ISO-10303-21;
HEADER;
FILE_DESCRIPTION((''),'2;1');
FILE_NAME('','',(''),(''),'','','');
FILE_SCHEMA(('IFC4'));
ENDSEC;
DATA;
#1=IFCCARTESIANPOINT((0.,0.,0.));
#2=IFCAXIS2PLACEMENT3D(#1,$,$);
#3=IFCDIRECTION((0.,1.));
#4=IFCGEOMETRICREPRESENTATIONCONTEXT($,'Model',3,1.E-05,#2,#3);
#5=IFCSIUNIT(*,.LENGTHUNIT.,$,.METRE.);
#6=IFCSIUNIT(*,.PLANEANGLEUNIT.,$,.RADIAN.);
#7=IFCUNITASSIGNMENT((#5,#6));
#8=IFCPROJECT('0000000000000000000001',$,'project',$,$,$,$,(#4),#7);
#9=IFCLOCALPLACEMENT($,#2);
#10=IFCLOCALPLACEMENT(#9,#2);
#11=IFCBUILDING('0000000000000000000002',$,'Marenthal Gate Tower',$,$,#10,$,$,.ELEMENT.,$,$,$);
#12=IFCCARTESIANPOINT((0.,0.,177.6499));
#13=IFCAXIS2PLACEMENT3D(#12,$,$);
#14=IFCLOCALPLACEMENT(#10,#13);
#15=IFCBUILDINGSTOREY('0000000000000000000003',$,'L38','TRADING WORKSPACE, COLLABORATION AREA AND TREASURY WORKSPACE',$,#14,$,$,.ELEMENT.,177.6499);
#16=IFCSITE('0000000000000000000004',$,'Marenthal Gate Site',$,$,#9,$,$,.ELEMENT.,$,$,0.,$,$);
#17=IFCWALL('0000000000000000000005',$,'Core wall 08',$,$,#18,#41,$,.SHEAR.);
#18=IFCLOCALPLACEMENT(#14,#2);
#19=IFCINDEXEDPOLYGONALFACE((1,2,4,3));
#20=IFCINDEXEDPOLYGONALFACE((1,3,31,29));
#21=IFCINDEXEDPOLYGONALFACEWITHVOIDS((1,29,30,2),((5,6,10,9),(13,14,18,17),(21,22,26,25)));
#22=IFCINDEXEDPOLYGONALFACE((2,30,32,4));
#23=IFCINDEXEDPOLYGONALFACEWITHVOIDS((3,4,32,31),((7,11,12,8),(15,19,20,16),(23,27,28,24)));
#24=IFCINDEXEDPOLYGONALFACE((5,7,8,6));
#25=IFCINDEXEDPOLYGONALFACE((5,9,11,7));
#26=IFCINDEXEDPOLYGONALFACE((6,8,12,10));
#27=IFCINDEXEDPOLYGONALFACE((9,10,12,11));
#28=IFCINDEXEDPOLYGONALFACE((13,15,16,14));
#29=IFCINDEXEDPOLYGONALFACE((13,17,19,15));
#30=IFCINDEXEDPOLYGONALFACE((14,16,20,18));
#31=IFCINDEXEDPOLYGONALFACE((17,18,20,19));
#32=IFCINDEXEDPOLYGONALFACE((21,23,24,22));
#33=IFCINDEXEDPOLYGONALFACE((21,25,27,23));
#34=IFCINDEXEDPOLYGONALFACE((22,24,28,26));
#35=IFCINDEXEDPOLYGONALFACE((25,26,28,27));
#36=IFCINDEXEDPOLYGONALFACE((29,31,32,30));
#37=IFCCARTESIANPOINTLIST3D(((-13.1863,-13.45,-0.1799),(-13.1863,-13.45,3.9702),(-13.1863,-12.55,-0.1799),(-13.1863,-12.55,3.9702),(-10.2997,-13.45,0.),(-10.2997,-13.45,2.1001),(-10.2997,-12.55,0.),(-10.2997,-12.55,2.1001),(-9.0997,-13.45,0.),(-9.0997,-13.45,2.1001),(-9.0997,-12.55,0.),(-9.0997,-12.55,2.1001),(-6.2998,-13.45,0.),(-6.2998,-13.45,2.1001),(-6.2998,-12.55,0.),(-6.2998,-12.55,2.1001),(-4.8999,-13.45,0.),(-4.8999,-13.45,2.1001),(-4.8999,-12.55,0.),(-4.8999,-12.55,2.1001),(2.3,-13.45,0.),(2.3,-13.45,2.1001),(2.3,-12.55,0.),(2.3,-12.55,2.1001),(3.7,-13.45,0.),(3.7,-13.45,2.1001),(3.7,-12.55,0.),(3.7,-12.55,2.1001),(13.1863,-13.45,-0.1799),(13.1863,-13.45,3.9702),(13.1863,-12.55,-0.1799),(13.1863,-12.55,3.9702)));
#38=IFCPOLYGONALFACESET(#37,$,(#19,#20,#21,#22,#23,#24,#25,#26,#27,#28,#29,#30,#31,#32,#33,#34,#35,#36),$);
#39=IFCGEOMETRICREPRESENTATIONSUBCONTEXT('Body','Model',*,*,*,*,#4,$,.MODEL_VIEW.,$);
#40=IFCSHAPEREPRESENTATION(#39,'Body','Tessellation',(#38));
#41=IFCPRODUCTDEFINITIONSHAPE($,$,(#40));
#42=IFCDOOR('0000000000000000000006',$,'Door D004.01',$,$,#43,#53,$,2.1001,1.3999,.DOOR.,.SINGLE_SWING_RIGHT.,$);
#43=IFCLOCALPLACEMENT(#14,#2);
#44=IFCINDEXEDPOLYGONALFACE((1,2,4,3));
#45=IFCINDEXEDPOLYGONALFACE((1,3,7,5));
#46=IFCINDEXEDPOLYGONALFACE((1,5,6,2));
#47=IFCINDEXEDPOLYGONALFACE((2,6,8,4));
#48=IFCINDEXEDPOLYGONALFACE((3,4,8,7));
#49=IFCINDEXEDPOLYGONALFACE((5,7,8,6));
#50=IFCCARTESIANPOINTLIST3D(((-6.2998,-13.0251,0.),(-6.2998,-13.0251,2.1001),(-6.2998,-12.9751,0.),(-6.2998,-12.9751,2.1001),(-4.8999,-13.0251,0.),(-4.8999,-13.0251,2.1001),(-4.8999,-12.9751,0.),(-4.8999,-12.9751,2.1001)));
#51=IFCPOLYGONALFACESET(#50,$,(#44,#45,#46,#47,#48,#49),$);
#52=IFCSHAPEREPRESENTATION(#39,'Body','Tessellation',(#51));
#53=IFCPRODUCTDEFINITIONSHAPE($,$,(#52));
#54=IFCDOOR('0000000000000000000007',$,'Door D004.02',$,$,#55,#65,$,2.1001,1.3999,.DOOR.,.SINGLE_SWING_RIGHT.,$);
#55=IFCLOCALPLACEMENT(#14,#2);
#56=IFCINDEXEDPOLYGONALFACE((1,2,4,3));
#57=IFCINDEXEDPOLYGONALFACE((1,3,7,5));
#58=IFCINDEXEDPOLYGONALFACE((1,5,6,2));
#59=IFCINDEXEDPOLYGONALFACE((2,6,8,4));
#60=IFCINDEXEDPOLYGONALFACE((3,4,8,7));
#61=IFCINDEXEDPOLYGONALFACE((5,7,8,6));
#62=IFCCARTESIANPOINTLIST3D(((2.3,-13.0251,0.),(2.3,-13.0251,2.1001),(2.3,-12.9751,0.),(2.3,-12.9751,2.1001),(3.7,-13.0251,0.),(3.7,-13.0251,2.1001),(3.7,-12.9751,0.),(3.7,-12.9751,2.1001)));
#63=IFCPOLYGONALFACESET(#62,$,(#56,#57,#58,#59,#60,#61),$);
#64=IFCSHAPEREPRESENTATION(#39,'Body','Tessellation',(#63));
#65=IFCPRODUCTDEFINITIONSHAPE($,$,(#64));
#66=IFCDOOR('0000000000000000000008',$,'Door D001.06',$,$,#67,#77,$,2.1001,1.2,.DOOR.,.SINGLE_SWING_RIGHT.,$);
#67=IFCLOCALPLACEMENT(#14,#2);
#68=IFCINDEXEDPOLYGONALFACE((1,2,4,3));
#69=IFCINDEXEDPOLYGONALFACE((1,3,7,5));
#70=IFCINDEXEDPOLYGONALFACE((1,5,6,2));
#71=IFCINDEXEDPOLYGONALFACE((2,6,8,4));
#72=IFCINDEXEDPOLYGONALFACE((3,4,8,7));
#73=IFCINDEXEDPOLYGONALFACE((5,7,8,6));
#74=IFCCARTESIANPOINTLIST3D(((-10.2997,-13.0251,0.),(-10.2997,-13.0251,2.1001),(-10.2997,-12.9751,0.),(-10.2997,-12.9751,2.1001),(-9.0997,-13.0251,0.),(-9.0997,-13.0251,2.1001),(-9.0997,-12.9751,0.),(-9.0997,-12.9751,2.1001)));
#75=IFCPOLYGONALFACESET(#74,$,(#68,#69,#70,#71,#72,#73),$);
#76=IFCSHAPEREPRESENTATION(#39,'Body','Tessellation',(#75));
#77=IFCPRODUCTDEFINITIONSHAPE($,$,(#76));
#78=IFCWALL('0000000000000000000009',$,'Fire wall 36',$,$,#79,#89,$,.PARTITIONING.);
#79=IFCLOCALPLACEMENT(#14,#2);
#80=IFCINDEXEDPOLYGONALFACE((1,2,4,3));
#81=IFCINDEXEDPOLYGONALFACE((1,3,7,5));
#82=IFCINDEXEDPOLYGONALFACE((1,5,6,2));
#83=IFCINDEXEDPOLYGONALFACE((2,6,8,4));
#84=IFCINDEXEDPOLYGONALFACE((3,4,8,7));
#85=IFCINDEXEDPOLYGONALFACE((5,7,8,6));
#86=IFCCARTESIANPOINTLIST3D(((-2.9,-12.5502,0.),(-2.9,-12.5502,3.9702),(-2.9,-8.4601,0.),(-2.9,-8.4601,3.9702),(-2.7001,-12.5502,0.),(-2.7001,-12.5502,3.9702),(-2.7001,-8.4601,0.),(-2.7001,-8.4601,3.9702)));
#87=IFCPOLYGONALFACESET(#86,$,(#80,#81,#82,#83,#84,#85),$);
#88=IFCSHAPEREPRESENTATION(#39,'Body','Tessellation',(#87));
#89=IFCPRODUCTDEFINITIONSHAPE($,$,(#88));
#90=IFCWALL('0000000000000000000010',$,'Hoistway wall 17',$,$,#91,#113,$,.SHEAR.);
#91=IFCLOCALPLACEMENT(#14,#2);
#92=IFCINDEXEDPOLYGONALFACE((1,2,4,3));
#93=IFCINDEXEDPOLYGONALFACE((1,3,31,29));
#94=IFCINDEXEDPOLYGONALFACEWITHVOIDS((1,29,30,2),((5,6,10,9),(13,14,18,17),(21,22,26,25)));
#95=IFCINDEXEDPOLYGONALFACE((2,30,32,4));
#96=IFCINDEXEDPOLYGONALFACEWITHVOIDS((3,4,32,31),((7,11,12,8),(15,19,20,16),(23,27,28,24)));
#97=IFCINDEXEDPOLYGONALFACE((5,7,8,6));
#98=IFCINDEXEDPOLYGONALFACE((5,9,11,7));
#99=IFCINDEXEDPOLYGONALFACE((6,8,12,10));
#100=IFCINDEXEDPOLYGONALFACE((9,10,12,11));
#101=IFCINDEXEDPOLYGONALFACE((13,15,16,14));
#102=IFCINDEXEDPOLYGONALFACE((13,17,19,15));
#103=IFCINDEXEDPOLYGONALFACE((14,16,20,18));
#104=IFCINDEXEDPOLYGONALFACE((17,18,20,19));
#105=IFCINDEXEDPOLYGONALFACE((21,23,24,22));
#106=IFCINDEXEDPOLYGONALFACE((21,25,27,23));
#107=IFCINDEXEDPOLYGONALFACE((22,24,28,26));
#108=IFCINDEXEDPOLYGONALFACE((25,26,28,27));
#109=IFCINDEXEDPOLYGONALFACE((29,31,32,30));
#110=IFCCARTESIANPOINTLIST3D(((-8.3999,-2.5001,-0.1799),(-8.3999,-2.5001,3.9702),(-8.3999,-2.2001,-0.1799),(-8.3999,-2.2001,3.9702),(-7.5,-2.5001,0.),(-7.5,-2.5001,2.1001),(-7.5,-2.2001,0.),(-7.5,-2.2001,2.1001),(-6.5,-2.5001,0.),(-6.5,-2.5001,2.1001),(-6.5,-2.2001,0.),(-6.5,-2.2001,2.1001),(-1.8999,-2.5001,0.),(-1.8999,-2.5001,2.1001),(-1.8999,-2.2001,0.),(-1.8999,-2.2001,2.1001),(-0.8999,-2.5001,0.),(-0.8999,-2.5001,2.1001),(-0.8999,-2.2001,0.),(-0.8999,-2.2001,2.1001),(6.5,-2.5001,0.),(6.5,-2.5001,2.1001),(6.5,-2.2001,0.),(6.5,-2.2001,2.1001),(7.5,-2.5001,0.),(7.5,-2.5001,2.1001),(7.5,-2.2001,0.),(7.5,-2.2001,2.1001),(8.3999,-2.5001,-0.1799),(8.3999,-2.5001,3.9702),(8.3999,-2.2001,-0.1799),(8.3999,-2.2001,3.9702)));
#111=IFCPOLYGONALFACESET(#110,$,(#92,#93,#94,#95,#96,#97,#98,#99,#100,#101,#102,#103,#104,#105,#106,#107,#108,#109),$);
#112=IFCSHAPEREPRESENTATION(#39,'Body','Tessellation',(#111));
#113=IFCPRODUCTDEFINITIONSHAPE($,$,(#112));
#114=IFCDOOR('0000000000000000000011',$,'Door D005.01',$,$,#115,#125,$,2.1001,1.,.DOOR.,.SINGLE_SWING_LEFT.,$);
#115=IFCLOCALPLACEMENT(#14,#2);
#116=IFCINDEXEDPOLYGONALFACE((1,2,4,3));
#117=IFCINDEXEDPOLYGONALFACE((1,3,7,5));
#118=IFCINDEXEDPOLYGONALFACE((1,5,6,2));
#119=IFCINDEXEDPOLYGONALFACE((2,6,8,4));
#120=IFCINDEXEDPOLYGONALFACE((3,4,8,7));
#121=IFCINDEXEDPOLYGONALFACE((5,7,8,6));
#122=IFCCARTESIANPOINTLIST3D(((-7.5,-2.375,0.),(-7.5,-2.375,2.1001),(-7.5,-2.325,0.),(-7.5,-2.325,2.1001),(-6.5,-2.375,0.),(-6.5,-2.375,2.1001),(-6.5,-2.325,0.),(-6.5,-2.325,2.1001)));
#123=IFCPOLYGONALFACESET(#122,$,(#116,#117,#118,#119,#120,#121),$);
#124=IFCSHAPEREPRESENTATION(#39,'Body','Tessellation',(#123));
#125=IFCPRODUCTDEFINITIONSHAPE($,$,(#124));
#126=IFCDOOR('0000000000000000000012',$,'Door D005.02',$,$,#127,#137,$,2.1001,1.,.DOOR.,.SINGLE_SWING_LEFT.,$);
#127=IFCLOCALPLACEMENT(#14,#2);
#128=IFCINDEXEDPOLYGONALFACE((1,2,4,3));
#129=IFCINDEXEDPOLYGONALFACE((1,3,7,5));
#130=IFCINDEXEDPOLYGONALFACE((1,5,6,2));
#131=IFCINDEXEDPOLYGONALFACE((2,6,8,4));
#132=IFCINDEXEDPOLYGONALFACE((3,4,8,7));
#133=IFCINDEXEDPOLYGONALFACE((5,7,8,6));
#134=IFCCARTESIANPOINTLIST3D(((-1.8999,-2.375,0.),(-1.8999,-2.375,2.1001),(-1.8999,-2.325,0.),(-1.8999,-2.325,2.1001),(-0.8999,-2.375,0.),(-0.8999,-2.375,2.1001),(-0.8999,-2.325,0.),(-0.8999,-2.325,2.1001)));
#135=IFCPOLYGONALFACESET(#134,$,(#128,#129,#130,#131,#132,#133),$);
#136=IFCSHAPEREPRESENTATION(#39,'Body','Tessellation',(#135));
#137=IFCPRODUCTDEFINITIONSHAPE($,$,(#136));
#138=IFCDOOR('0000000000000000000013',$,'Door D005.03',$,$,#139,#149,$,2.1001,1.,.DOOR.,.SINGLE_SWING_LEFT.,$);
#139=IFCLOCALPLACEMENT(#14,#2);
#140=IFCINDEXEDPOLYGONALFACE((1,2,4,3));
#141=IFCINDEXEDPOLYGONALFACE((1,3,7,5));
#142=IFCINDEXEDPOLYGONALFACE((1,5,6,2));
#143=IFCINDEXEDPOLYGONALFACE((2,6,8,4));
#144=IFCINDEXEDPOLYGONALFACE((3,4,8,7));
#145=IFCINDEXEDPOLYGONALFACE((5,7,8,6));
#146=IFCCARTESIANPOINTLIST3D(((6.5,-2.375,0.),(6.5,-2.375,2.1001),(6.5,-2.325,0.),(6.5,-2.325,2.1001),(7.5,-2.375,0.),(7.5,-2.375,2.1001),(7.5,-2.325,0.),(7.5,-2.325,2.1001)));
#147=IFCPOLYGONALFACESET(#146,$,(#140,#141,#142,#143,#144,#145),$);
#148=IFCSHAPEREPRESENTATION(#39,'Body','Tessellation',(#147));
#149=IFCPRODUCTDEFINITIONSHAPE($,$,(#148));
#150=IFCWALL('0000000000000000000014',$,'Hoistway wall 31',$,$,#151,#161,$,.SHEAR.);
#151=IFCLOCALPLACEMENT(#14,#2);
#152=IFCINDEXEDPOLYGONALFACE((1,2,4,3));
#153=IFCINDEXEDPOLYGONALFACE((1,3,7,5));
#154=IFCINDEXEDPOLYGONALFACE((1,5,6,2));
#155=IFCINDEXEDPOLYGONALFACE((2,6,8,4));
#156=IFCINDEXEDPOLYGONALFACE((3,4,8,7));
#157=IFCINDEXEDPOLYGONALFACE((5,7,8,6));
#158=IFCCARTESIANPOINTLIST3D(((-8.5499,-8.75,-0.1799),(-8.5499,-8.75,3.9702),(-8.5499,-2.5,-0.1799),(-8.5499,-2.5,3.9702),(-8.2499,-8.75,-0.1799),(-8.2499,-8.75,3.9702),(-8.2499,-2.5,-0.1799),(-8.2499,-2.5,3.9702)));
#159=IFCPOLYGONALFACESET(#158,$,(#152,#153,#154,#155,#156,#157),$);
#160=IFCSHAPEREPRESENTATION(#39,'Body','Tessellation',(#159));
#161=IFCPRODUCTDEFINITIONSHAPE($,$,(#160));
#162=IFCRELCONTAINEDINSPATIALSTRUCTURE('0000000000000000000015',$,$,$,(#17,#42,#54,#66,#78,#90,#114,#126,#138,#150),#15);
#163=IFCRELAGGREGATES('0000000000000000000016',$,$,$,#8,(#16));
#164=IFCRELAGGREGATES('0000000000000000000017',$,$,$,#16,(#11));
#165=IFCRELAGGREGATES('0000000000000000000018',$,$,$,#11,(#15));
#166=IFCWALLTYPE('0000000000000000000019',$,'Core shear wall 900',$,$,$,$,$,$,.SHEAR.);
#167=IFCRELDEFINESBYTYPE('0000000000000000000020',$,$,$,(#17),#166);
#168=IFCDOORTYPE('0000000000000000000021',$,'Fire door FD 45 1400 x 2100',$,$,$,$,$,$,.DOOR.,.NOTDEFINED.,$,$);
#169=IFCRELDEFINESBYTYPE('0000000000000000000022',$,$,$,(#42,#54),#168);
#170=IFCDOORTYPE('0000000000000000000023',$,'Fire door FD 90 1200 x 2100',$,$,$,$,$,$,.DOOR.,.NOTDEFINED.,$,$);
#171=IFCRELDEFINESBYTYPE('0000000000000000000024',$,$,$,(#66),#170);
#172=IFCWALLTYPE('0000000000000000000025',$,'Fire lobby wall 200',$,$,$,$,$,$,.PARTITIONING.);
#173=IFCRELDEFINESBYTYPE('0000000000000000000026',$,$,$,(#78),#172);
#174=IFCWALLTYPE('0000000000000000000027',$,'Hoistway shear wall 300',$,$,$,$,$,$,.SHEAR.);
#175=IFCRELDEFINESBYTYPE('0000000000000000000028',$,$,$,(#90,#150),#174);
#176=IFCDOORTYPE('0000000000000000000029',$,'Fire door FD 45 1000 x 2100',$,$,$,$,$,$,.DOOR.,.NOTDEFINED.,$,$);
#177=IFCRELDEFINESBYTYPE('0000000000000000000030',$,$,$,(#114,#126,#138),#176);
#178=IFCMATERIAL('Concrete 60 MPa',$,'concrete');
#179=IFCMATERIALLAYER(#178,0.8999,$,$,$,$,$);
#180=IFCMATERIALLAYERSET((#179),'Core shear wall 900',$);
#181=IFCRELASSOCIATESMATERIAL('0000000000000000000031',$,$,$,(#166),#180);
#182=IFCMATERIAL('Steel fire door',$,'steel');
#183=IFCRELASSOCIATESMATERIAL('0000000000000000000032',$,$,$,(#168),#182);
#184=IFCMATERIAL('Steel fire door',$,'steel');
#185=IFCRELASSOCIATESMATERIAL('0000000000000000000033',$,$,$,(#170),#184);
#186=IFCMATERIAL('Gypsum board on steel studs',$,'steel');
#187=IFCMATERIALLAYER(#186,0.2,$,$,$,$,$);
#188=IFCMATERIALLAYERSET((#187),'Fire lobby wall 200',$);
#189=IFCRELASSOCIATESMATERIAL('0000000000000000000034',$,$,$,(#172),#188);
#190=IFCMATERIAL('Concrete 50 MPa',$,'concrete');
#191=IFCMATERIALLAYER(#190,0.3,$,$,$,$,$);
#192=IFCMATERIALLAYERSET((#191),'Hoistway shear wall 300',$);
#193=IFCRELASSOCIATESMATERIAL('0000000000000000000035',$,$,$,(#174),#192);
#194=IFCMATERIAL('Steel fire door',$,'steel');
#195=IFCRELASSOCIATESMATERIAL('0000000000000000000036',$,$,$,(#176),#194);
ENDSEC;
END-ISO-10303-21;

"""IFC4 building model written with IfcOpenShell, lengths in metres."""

from ifc_helpers import new_model, si_unit, direction, frame, frame_2d, origin, place, context, subcontext, project, spatial, rectangle, extrude, material, layer, layer_set, type_object, element, fill, save


model = new_model("IFC4")

# Units and contexts
model_context = context("Model", 3, precision=1e-05, world=origin(), true_north=direction((0.0, 1.0)))
body_context = subcontext(model_context, "Body", "Model", "MODEL_VIEW")
ifc_project = project(units=[si_unit("LENGTHUNIT", "METRE"), si_unit("PLANEANGLEUNIT", "RADIAN")], contexts=[model_context])

# Site, building, storey
site_placement = place(None, origin())
site = spatial("IfcSite", under=ifc_project, at=site_placement, Name="Marenthal Gate Site", CompositionType="ELEMENT", RefElevation=0.0)
building_placement = place(site_placement, origin())
building = spatial("IfcBuilding", under=site, at=building_placement, Name="Marenthal Gate Tower", CompositionType="ELEMENT")
storey_placement = place(building_placement, frame((0.0, 0.0, 177.6499)))
storey = spatial("IfcBuildingStorey", under=building, at=storey_placement, Name="L38", Description="TRADING WORKSPACE, COLLABORATION AREA AND TREASURY WORKSPACE", CompositionType="ELEMENT", Elevation=177.6499)

# Wall, openings, doors
ifc_material_1 = material(Name="Concrete 60 MPa", Category="concrete")
ifc_layer_1 = layer(ifc_material_1, 0.8999)
ifc_layer_set_1 = layer_set([ifc_layer_1], Name="Core shear wall 900")
wall_type_1 = type_object("IfcWallType", Name="Core shear wall 900", PredefinedType="SHEAR", material=ifc_layer_set_1)
wall_1_placement = place(storey_placement, frame((-13.1863, -13.0, -0.1799), z_axis=(0.0, 0.0, 1.0), x_axis=(1.0, 0.0, 0.0)))
wall_1 = element("IfcWall", 1, at=wall_1_placement, inside=storey, type_object=wall_type_1, Name="Core wall 08", PredefinedType="SHEAR", context=body_context, shape_type="SweptSolid", body=[
    extrude(rectangle(XDim=26.3726, YDim=0.8999, at=frame_2d((13.1863, 0.0))), origin(), (0.0, 0.0, 1.0), 4.1501),
])
opening_1_placement = place(wall_1_placement, frame((2.8865, 0.0, 0.1799)))
opening_1 = element("IfcOpeningElement", 2, at=opening_1_placement, cuts=wall_1, PredefinedType="OPENING", context=body_context, shape_type="SweptSolid", body=[
    extrude(rectangle(XDim=1.2, YDim=2.1001, at=frame_2d((0.6001, 1.05))), frame((0.0, 0.46, 0.0), z_axis=(0.0, -1.0, 0.0), x_axis=(1.0, 0.0, 0.0)), (0.0, 0.0, 1.0), 0.9199),
])
opening_2_placement = place(wall_1_placement, frame((6.8865, 0.0, 0.1799)))
opening_2 = element("IfcOpeningElement", 3, at=opening_2_placement, cuts=wall_1, PredefinedType="OPENING", context=body_context, shape_type="SweptSolid", body=[
    extrude(rectangle(XDim=1.3999, YDim=2.1001, at=frame_2d((0.7, 1.05))), frame((0.0, 0.46, 0.0), z_axis=(0.0, -1.0, 0.0), x_axis=(1.0, 0.0, 0.0)), (0.0, 0.0, 1.0), 0.9199),
])
opening_3_placement = place(wall_1_placement, frame((15.4863, 0.0, 0.1799)))
opening_3 = element("IfcOpeningElement", 4, at=opening_3_placement, cuts=wall_1, PredefinedType="OPENING", context=body_context, shape_type="SweptSolid", body=[
    extrude(rectangle(XDim=1.3999, YDim=2.1001, at=frame_2d((0.7, 1.05))), frame((0.0, 0.46, 0.0), z_axis=(0.0, -1.0, 0.0), x_axis=(1.0, 0.0, 0.0)), (0.0, 0.0, 1.0), 0.9199),
])
ifc_material_2 = material(Name="Steel fire door", Category="steel")
door_type_1 = type_object("IfcDoorType", Name="Fire door FD 45 1400 x 2100", OperationType="NOTDEFINED", PredefinedType="DOOR", material=ifc_material_2)
door_1_placement = place(opening_2_placement, origin())
door_1 = element("IfcDoor", 5, at=door_1_placement, inside=storey, type_object=door_type_1, Name="Door D004.01", OperationType="SINGLE_SWING_RIGHT", OverallHeight=2.1001, OverallWidth=1.3999, PredefinedType="DOOR", context=body_context, shape_type="SweptSolid", body=[
    extrude(rectangle(XDim=1.3999, YDim=2.1001, at=frame_2d((0.7, 1.05))), frame((0.0, 0.0249, 0.0), z_axis=(0.0, -1.0, 0.0), x_axis=(1.0, 0.0, 0.0)), (0.0, 0.0, 1.0), 0.05),
])
fill(opening_2, door_1)
door_2_placement = place(opening_3_placement, origin())
door_2 = element("IfcDoor", 6, at=door_2_placement, inside=storey, type_object=door_type_1, Name="Door D004.02", OperationType="SINGLE_SWING_RIGHT", OverallHeight=2.1001, OverallWidth=1.3999, PredefinedType="DOOR", context=body_context, shape_type="SweptSolid", body=[
    extrude(rectangle(XDim=1.3999, YDim=2.1001, at=frame_2d((0.7, 1.05))), frame((0.0, 0.0249, 0.0), z_axis=(0.0, -1.0, 0.0), x_axis=(1.0, 0.0, 0.0)), (0.0, 0.0, 1.0), 0.05),
])
fill(opening_3, door_2)
ifc_material_3 = material(Name="Steel fire door", Category="steel")
door_type_2 = type_object("IfcDoorType", Name="Fire door FD 90 1200 x 2100", OperationType="NOTDEFINED", PredefinedType="DOOR", material=ifc_material_3)
door_3_placement = place(opening_1_placement, origin())
door_3 = element("IfcDoor", 7, at=door_3_placement, inside=storey, type_object=door_type_2, Name="Door D001.06", OperationType="SINGLE_SWING_RIGHT", OverallHeight=2.1001, OverallWidth=1.2, PredefinedType="DOOR", context=body_context, shape_type="SweptSolid", body=[
    extrude(rectangle(XDim=1.2, YDim=2.1001, at=frame_2d((0.6001, 1.05))), frame((0.0, 0.0249, 0.0), z_axis=(0.0, -1.0, 0.0), x_axis=(1.0, 0.0, 0.0)), (0.0, 0.0, 1.0), 0.05),
])
fill(opening_1, door_3)

# Wall
ifc_material_4 = material(Name="Gypsum board on steel studs", Category="steel")
ifc_layer_2 = layer(ifc_material_4, 0.2)
ifc_layer_set_2 = layer_set([ifc_layer_2], Name="Fire lobby wall 200")
wall_type_2 = type_object("IfcWallType", Name="Fire lobby wall 200", PredefinedType="PARTITIONING", material=ifc_layer_set_2)
wall_2_placement = place(storey_placement, frame((-2.8, -12.55, 0.0), z_axis=(0.0, 0.0, 1.0), x_axis=(0.0, 1.0, 0.0)))
element("IfcWall", 8, at=wall_2_placement, inside=storey, type_object=wall_type_2, Name="Fire wall 36", PredefinedType="PARTITIONING", context=body_context, shape_type="SweptSolid", body=[
    extrude(rectangle(XDim=4.0901, YDim=0.2, at=frame_2d((2.0449, 0.0))), origin(), (0.0, 0.0, 1.0), 3.9702),
])

# Wall, openings, doors
ifc_material_5 = material(Name="Concrete 50 MPa", Category="concrete")
ifc_layer_3 = layer(ifc_material_5, 0.3)
ifc_layer_set_3 = layer_set([ifc_layer_3], Name="Hoistway shear wall 300")
wall_type_3 = type_object("IfcWallType", Name="Hoistway shear wall 300", PredefinedType="SHEAR", material=ifc_layer_set_3)
wall_3_placement = place(storey_placement, frame((-8.3999, -2.3501, -0.1799), z_axis=(0.0, 0.0, 1.0), x_axis=(1.0, 0.0, 0.0)))
wall_3 = element("IfcWall", 9, at=wall_3_placement, inside=storey, type_object=wall_type_3, Name="Hoistway wall 17", PredefinedType="SHEAR", context=body_context, shape_type="SweptSolid", body=[
    extrude(rectangle(XDim=16.7998, YDim=0.3, at=frame_2d((8.3999, 0.0))), origin(), (0.0, 0.0, 1.0), 4.1501),
])
opening_4_placement = place(wall_3_placement, frame((0.8999, 0.0, 0.1799)))
opening_4 = element("IfcOpeningElement", 10, at=opening_4_placement, cuts=wall_3, PredefinedType="OPENING", context=body_context, shape_type="SweptSolid", body=[
    extrude(rectangle(XDim=1.0, YDim=2.1001, at=frame_2d((0.5, 1.05))), frame((0.0, 0.1602, 0.0), z_axis=(0.0, -1.0, 0.0), x_axis=(1.0, 0.0, 0.0)), (0.0, 0.0, 1.0), 0.3201),
])
opening_5_placement = place(wall_3_placement, frame((6.5, 0.0, 0.1799)))
opening_5 = element("IfcOpeningElement", 11, at=opening_5_placement, cuts=wall_3, PredefinedType="OPENING", context=body_context, shape_type="SweptSolid", body=[
    extrude(rectangle(XDim=1.0, YDim=2.1001, at=frame_2d((0.5, 1.05))), frame((0.0, 0.1602, 0.0), z_axis=(0.0, -1.0, 0.0), x_axis=(1.0, 0.0, 0.0)), (0.0, 0.0, 1.0), 0.3201),
])
opening_6_placement = place(wall_3_placement, frame((14.8999, 0.0, 0.1799)))
opening_6 = element("IfcOpeningElement", 12, at=opening_6_placement, cuts=wall_3, PredefinedType="OPENING", context=body_context, shape_type="SweptSolid", body=[
    extrude(rectangle(XDim=1.0, YDim=2.1001, at=frame_2d((0.5, 1.05))), frame((0.0, 0.1602, 0.0), z_axis=(0.0, -1.0, 0.0), x_axis=(1.0, 0.0, 0.0)), (0.0, 0.0, 1.0), 0.3201),
])
ifc_material_6 = material(Name="Steel fire door", Category="steel")
door_type_3 = type_object("IfcDoorType", Name="Fire door FD 45 1000 x 2100", OperationType="NOTDEFINED", PredefinedType="DOOR", material=ifc_material_6)
door_4_placement = place(opening_4_placement, frame((1.0, 0.0, 0.0), z_axis=(0.0, 0.0, 1.0), x_axis=(-1.0, 0.0, 0.0)))
door_4 = element("IfcDoor", 13, at=door_4_placement, inside=storey, type_object=door_type_3, Name="Door D005.01", OperationType="SINGLE_SWING_LEFT", OverallHeight=2.1001, OverallWidth=1.0, PredefinedType="DOOR", context=body_context, shape_type="SweptSolid", body=[
    extrude(rectangle(XDim=1.0, YDim=2.1001, at=frame_2d((0.5, 1.05))), frame((0.0, 0.0249, 0.0), z_axis=(0.0, -1.0, 0.0), x_axis=(1.0, 0.0, 0.0)), (0.0, 0.0, 1.0), 0.05),
])
fill(opening_4, door_4)
door_5_placement = place(opening_5_placement, frame((1.0, 0.0, 0.0), z_axis=(0.0, 0.0, 1.0), x_axis=(-1.0, 0.0, 0.0)))
door_5 = element("IfcDoor", 14, at=door_5_placement, inside=storey, type_object=door_type_3, Name="Door D005.02", OperationType="SINGLE_SWING_LEFT", OverallHeight=2.1001, OverallWidth=1.0, PredefinedType="DOOR", context=body_context, shape_type="SweptSolid", body=[
    extrude(rectangle(XDim=1.0, YDim=2.1001, at=frame_2d((0.5, 1.05))), frame((0.0, 0.0249, 0.0), z_axis=(0.0, -1.0, 0.0), x_axis=(1.0, 0.0, 0.0)), (0.0, 0.0, 1.0), 0.05),
])
fill(opening_5, door_5)
door_6_placement = place(opening_6_placement, frame((1.0, 0.0, 0.0), z_axis=(0.0, 0.0, 1.0), x_axis=(-1.0, 0.0, 0.0)))
door_6 = element("IfcDoor", 15, at=door_6_placement, inside=storey, type_object=door_type_3, Name="Door D005.03", OperationType="SINGLE_SWING_LEFT", OverallHeight=2.1001, OverallWidth=1.0, PredefinedType="DOOR", context=body_context, shape_type="SweptSolid", body=[
    extrude(rectangle(XDim=1.0, YDim=2.1001, at=frame_2d((0.5, 1.05))), frame((0.0, 0.0249, 0.0), z_axis=(0.0, -1.0, 0.0), x_axis=(1.0, 0.0, 0.0)), (0.0, 0.0, 1.0), 0.05),
])
fill(opening_6, door_6)

# Wall
wall_4_placement = place(storey_placement, frame((-8.3999, -8.75, -0.1799), z_axis=(0.0, 0.0, 1.0), x_axis=(0.0, 1.0, 0.0)))
element("IfcWall", 16, at=wall_4_placement, inside=storey, type_object=wall_type_3, Name="Hoistway wall 31", PredefinedType="SHEAR", context=body_context, shape_type="SweptSolid", body=[
    extrude(rectangle(XDim=6.25, YDim=0.3, at=frame_2d((3.125, 0.0))), origin(), (0.0, 0.0, 1.0), 4.1501),
])

save(model, "model.ifc")
